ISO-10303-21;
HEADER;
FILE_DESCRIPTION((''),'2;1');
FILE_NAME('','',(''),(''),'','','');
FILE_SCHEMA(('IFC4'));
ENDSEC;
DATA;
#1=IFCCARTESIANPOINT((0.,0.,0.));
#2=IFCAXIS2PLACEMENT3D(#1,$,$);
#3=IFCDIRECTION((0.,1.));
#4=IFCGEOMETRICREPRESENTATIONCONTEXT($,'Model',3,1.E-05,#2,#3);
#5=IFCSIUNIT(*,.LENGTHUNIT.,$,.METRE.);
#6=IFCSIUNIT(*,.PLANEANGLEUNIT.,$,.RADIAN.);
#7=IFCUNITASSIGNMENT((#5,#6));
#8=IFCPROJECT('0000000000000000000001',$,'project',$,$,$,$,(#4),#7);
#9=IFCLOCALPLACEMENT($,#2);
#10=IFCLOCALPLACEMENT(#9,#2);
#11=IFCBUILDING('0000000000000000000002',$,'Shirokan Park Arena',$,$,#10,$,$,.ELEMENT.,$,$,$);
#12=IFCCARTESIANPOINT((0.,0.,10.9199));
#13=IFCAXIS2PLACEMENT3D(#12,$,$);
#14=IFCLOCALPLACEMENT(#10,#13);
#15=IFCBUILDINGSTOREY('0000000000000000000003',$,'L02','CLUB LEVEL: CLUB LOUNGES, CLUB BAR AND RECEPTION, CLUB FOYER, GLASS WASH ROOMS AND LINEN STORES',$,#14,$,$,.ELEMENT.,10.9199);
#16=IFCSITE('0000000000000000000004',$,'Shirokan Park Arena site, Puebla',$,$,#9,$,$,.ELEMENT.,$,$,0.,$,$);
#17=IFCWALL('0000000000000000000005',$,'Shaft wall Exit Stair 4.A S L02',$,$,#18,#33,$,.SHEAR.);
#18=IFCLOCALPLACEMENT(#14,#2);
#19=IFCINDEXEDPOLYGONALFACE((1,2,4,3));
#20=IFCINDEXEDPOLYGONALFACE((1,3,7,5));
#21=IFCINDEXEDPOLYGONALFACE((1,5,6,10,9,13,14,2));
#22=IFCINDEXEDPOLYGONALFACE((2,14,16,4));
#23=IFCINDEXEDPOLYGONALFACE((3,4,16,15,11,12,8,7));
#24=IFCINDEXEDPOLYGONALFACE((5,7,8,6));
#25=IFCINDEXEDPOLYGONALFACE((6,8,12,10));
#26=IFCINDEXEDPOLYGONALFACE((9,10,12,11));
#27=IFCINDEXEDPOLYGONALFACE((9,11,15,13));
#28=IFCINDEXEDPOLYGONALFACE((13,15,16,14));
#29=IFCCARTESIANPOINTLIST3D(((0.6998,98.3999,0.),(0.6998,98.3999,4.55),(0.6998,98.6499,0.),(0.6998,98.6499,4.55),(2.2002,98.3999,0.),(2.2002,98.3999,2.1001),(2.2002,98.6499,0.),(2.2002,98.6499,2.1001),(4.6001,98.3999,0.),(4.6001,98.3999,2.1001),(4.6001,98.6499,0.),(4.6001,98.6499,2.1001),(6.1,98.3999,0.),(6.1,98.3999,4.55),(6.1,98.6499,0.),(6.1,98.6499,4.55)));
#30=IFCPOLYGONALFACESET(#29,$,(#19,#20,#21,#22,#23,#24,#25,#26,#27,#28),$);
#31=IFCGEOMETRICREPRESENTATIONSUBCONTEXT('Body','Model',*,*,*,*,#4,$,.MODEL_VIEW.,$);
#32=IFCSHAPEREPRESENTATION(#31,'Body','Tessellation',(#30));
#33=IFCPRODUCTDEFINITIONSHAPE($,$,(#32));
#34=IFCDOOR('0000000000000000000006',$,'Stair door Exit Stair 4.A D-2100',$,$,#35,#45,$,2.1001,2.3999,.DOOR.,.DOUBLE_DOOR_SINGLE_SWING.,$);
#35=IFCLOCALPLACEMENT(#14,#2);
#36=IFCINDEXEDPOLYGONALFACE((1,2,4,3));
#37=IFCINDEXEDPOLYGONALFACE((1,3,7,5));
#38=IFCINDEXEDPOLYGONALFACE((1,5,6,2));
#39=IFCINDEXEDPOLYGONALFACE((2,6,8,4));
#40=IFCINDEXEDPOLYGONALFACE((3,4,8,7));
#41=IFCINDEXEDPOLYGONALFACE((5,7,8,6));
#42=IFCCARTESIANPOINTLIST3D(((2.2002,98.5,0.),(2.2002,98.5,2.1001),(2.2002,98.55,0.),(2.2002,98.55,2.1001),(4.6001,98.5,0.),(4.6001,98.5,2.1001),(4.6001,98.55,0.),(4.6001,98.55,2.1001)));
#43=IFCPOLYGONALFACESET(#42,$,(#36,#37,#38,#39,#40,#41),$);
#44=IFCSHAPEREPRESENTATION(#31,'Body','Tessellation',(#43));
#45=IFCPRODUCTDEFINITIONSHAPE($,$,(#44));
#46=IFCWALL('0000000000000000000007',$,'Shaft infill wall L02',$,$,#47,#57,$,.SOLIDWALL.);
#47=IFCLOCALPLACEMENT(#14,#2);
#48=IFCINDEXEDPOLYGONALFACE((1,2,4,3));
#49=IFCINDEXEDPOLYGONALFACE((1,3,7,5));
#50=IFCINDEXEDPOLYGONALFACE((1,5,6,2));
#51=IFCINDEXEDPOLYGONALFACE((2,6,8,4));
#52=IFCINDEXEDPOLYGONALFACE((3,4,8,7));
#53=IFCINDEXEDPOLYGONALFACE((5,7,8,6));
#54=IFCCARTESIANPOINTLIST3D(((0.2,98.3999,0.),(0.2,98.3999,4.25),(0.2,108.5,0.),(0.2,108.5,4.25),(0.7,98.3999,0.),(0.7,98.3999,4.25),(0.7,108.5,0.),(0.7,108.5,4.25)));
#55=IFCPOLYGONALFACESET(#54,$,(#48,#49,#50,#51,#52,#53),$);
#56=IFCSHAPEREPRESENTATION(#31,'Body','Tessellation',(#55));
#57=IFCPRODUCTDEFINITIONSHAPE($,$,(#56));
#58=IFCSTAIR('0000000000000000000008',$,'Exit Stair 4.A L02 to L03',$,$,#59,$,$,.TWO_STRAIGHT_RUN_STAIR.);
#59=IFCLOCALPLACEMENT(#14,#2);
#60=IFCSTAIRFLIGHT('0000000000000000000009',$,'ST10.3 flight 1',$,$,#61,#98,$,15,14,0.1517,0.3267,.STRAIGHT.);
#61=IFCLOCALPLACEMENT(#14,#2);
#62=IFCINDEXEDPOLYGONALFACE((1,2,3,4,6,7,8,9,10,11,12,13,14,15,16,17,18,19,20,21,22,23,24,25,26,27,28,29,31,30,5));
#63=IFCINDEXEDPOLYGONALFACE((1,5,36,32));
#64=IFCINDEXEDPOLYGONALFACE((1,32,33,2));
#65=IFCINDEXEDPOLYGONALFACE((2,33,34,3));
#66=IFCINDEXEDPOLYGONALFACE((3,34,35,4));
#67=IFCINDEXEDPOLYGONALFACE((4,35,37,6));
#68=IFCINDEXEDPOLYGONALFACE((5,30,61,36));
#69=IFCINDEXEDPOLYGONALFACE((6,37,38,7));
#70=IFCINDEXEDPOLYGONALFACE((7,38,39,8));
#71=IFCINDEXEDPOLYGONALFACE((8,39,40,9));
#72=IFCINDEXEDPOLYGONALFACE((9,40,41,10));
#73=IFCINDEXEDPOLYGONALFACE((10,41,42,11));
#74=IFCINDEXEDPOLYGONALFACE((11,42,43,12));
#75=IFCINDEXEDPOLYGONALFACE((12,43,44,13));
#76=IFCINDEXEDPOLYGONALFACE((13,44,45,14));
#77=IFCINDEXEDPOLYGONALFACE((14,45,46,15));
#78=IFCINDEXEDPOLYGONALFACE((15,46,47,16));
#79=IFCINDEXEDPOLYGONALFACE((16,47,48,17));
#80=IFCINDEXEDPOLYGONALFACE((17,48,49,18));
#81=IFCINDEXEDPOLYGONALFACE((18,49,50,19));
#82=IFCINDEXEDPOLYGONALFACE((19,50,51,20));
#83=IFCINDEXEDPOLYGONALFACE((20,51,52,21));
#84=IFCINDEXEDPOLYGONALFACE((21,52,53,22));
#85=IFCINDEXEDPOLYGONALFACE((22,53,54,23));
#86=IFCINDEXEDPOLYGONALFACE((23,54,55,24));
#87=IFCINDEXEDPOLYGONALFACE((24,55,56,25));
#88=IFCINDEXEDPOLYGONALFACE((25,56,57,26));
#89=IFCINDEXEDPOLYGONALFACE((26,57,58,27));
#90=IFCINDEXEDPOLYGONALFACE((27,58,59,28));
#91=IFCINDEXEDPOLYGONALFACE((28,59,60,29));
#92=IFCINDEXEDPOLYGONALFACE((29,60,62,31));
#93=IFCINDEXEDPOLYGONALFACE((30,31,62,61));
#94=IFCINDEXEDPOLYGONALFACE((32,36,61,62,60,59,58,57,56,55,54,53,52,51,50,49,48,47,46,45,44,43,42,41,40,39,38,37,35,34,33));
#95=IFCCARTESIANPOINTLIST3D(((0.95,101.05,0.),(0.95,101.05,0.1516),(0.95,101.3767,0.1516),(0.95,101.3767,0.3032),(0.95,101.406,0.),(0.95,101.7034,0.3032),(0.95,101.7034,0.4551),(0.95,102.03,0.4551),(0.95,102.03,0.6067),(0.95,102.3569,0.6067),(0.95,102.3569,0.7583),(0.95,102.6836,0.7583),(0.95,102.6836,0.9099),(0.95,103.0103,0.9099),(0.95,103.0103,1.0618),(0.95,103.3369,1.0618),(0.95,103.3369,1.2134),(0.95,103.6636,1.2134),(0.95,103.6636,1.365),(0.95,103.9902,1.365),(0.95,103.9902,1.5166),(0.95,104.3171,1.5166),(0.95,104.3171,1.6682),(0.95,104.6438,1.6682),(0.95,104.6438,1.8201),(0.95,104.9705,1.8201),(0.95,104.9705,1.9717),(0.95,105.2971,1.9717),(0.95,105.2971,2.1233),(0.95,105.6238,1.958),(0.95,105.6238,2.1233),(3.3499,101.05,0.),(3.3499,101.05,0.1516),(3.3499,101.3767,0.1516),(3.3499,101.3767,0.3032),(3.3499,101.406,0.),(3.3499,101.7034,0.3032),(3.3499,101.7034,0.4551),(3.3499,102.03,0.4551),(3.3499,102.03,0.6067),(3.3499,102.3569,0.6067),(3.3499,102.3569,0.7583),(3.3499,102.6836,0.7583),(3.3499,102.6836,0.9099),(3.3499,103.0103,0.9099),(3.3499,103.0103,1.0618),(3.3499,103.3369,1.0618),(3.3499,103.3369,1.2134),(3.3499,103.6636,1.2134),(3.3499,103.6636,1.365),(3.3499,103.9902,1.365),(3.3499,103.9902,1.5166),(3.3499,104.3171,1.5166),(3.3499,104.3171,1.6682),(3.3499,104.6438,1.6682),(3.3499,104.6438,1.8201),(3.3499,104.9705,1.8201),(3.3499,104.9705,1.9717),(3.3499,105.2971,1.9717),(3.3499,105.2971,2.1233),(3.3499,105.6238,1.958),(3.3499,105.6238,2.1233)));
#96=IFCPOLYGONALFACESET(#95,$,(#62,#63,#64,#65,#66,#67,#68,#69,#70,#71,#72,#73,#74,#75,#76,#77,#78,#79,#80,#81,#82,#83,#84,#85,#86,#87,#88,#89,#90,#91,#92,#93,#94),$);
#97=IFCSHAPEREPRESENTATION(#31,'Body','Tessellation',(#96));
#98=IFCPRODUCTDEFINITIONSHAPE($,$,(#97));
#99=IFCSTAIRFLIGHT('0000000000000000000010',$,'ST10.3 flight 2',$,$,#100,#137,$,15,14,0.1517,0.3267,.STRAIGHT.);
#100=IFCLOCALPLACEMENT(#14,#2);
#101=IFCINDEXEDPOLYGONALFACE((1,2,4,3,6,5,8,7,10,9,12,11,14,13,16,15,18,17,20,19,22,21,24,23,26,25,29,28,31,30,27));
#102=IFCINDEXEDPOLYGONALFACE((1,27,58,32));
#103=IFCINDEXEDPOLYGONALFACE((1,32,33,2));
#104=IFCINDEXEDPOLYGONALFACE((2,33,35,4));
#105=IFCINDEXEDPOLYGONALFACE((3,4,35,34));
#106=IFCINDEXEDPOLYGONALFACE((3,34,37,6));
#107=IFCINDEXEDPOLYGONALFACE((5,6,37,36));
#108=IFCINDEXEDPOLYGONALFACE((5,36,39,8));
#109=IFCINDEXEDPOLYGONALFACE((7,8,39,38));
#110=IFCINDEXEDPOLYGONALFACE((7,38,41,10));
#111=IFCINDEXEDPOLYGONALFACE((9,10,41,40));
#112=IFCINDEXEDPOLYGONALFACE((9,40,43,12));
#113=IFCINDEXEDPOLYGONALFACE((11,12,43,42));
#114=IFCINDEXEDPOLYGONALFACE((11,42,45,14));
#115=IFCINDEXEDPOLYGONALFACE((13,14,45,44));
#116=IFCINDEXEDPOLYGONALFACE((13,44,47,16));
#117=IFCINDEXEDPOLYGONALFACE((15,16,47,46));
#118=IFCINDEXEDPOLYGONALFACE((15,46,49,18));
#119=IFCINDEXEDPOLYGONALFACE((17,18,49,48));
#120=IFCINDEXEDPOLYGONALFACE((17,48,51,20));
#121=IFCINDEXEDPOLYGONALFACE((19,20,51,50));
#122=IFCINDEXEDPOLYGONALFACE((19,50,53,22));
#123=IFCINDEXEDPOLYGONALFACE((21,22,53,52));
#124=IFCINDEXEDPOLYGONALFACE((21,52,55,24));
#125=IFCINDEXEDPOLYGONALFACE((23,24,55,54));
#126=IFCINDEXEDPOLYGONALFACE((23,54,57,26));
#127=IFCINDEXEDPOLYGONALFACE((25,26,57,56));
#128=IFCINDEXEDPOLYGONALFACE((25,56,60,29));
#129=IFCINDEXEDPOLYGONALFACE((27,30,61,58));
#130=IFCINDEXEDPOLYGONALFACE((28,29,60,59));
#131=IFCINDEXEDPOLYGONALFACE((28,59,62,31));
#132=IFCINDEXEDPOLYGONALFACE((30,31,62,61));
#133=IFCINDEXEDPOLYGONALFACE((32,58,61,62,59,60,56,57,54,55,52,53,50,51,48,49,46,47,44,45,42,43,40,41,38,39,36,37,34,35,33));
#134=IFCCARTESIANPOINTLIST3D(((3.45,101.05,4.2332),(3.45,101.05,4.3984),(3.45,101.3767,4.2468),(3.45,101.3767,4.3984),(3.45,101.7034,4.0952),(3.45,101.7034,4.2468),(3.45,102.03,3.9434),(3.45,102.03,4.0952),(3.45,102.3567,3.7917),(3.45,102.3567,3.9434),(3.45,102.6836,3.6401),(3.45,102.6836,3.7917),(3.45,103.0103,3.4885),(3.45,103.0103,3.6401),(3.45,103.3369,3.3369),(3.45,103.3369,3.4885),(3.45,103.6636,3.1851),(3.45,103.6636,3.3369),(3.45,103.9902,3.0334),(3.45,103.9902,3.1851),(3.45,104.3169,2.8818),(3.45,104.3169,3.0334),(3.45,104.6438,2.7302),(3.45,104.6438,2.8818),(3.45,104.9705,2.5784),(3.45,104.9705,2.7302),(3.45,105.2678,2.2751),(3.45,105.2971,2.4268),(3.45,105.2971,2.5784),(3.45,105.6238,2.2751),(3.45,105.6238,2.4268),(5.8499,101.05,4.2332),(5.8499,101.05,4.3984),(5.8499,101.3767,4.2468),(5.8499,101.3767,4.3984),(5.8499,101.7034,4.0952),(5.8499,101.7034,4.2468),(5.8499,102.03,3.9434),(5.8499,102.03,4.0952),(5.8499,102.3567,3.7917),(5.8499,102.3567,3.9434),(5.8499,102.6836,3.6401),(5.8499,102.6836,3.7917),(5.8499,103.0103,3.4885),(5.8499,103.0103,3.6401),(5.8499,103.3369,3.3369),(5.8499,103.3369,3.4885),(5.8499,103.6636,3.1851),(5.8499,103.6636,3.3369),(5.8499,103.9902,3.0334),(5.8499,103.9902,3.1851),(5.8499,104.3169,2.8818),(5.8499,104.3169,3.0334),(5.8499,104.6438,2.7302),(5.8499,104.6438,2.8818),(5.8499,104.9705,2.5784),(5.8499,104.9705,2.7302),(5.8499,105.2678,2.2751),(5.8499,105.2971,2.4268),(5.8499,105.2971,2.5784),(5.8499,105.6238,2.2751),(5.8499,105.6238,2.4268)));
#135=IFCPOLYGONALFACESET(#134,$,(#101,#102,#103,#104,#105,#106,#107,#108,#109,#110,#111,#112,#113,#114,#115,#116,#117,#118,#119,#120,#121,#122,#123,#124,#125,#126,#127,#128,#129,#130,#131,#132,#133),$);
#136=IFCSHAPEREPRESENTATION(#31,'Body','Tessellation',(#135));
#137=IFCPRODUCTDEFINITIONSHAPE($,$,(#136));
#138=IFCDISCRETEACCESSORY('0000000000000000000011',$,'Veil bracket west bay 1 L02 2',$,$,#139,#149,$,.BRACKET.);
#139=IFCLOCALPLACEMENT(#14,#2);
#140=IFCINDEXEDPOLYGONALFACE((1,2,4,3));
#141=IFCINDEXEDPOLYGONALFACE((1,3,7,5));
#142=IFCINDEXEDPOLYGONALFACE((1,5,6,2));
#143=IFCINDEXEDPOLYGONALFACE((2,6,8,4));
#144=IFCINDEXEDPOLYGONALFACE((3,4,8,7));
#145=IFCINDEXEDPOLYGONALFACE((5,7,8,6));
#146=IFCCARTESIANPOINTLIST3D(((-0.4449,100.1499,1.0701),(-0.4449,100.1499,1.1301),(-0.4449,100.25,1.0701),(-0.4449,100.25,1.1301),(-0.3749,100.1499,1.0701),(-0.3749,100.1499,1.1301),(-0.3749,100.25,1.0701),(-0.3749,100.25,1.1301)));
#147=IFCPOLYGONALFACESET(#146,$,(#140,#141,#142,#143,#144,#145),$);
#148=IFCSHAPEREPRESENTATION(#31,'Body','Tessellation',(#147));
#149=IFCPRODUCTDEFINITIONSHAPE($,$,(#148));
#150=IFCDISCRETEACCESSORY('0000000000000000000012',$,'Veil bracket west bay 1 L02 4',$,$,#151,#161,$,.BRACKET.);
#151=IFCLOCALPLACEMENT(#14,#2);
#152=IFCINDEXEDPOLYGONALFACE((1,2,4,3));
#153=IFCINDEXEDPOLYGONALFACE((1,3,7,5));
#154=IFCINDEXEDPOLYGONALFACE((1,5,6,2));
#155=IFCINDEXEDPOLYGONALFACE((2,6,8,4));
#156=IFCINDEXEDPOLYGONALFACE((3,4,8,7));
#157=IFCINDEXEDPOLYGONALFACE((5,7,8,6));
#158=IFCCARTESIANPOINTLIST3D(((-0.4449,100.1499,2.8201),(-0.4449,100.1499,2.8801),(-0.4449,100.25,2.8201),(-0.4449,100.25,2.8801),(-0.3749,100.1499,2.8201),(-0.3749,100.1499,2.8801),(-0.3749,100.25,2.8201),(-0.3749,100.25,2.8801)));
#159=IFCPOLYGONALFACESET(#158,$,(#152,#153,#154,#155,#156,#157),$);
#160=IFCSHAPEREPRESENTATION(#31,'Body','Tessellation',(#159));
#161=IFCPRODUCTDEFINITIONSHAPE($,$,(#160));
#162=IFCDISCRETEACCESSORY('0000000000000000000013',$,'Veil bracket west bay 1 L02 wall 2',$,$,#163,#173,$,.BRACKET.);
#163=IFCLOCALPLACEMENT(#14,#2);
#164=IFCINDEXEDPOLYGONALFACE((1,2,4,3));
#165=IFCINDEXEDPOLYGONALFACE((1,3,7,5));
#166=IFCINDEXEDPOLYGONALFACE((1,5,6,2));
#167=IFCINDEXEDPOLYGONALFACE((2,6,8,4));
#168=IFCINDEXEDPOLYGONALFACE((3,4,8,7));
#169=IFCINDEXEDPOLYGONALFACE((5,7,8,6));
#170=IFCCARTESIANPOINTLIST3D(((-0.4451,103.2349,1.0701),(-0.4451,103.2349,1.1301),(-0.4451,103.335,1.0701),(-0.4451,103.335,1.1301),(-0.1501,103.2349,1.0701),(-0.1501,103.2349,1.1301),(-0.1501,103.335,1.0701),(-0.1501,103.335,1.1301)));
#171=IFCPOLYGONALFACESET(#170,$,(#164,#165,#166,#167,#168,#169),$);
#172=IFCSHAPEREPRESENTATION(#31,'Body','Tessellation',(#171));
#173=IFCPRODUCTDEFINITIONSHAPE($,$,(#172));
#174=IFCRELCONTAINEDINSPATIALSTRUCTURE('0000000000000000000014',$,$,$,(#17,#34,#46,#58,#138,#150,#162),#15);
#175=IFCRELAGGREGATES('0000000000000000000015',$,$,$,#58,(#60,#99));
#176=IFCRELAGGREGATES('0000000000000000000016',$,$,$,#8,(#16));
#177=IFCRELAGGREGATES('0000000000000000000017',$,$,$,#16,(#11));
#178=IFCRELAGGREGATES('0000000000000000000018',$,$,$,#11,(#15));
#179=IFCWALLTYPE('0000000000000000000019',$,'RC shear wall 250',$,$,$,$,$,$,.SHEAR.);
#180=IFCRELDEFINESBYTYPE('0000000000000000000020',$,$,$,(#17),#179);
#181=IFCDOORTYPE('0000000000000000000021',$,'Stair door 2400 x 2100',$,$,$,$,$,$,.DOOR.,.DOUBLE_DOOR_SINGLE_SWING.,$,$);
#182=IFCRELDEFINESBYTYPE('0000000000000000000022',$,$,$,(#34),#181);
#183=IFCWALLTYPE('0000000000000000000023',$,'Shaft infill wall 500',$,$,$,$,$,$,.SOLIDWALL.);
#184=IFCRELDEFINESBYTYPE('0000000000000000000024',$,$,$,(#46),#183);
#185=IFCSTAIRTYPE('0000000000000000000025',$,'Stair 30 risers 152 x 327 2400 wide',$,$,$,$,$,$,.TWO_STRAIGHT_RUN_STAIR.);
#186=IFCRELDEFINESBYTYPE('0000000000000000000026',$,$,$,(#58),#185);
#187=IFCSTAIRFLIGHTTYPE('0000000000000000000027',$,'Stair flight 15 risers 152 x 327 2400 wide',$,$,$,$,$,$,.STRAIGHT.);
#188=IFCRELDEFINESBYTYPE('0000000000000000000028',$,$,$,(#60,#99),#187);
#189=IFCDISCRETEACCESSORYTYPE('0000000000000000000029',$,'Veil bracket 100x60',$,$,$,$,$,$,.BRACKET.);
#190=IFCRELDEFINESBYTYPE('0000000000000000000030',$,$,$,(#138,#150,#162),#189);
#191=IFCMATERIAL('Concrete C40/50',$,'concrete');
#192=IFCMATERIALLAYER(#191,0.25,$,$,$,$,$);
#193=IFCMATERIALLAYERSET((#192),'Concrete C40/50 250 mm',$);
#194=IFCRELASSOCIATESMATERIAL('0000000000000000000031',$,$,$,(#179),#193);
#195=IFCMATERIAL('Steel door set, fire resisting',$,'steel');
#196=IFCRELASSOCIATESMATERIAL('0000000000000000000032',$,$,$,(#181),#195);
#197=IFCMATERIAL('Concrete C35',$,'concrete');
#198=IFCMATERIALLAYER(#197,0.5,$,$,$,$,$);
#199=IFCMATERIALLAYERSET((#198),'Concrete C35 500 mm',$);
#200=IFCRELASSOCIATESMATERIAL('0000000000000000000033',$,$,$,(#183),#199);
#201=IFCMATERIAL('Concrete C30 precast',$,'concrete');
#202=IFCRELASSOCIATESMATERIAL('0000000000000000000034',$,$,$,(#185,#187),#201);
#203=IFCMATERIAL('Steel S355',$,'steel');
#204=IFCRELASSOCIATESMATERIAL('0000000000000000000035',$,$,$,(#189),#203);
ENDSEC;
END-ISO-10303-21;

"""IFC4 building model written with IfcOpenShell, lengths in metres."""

from ifc_helpers import new_model, si_unit, direction, frame, frame_2d, origin, origin_2d, place, context, subcontext, project, spatial, polyline, rectangle, outline, extrude, material, layer, layer_set, type_object, element, fill, aggregate, save


model = new_model("IFC4")

# Units and contexts
model_context = context("Model", 3, precision=1e-05, world=origin(), true_north=direction((0.0, 1.0)))
body_context = subcontext(model_context, "Body", "Model", "MODEL_VIEW")
ifc_project = project(units=[si_unit("LENGTHUNIT", "METRE"), si_unit("PLANEANGLEUNIT", "RADIAN")], contexts=[model_context])

# Site, building, storey
site_placement = place(None, origin())
site = spatial("IfcSite", under=ifc_project, at=site_placement, Name="Shirokan Park Arena site, Puebla", CompositionType="ELEMENT", RefElevation=0.0)
building_placement = place(site_placement, origin())
building = spatial("IfcBuilding", under=site, at=building_placement, Name="Shirokan Park Arena", CompositionType="ELEMENT")
storey_placement = place(building_placement, frame((0.0, 0.0, 10.9199)))
storey = spatial("IfcBuildingStorey", under=building, at=storey_placement, Name="L02", Description="CLUB LEVEL: CLUB LOUNGES, CLUB BAR AND RECEPTION, CLUB FOYER, GLASS WASH ROOMS AND LINEN STORES", CompositionType="ELEMENT", Elevation=10.9199)

# Shared definitions
ifc_material_1 = material(Name="Concrete C35", Category="concrete")

# Wall, opening, door
ifc_material_2 = material(Name="Concrete C40/50", Category="concrete")
ifc_layer_1 = layer(ifc_material_2, 0.25)
ifc_layer_set_1 = layer_set([ifc_layer_1], Name="Concrete C40/50 250 mm")
wall_type_1 = type_object("IfcWallType", Name="RC shear wall 250", PredefinedType="SHEAR", material=ifc_layer_set_1)
wall_1_placement = place(storey_placement, frame((6.1001, 98.5249, 0.0), z_axis=(0.0, 0.0, 1.0), x_axis=(-1.0, 0.0, 0.0)))
wall_1 = element("IfcWall", 1, at=wall_1_placement, inside=storey, type_object=wall_type_1, Name="Shaft wall Exit Stair 4.A S L02", PredefinedType="SHEAR", context=body_context, shape_type="SweptSolid", body=[
    extrude(rectangle(XDim=5.4001, YDim=0.25, at=frame_2d((2.7002, 0.0))), origin(), (0.0, 0.0, 1.0), 4.55),
])
opening_1_placement = place(wall_1_placement, frame((1.5, 0.0, 0.0)))
opening_1 = element("IfcOpeningElement", 2, at=opening_1_placement, cuts=wall_1, PredefinedType="OPENING", context=body_context, shape_type="SweptSolid", body=[
    extrude(rectangle(XDim=2.3999, YDim=2.1001, at=frame_2d((1.2, 1.05))), frame((0.0, 0.135, 0.0), z_axis=(0.0, -1.0, 0.0), x_axis=(1.0, 0.0, 0.0)), (0.0, 0.0, 1.0), 0.27),
])
ifc_material_3 = material(Name="Steel door set, fire resisting", Category="steel")
door_type_1 = type_object("IfcDoorType", Name="Stair door 2400 x 2100", OperationType="DOUBLE_DOOR_SINGLE_SWING", PredefinedType="DOOR", material=ifc_material_3)
door_1_placement = place(opening_1_placement, origin())
door_1 = element("IfcDoor", 3, at=door_1_placement, inside=storey, type_object=door_type_1, Name="Stair door Exit Stair 4.A D-2100", OperationType="DOUBLE_DOOR_SINGLE_SWING", OverallHeight=2.1001, OverallWidth=2.3999, PredefinedType="DOOR", context=body_context, shape_type="SweptSolid", body=[
    extrude(rectangle(XDim=2.3999, YDim=2.1001, at=frame_2d((1.2, 1.05))), frame((0.0, 0.0249, 0.0), z_axis=(0.0, -1.0, 0.0), x_axis=(1.0, 0.0, 0.0)), (0.0, 0.0, 1.0), 0.05),
])
fill(opening_1, door_1)

# Wall
ifc_layer_2 = layer(ifc_material_1, 0.5)
ifc_layer_set_2 = layer_set([ifc_layer_2], Name="Concrete C35 500 mm")
wall_type_2 = type_object("IfcWallType", Name="Shaft infill wall 500", PredefinedType="SOLIDWALL", material=ifc_layer_set_2)
wall_2_placement = place(storey_placement, frame((0.45, 98.3999, 0.0), z_axis=(0.0, 0.0, 1.0), x_axis=(0.0, 1.0, 0.0)))
element("IfcWall", 4, at=wall_2_placement, inside=storey, type_object=wall_type_2, Name="Shaft infill wall L02", PredefinedType="SOLIDWALL", context=body_context, shape_type="SweptSolid", body=[
    extrude(rectangle(XDim=10.1001, YDim=0.5, at=frame_2d((5.05, 0.0))), origin(), (0.0, 0.0, 1.0), 4.25),
])

# Stair, stair flights
ifc_material_4 = material(Name="Concrete C30 precast", Category="concrete")
stair_type = type_object("IfcStairType", Name="Stair 30 risers 152 x 327 2400 wide", PredefinedType="TWO_STRAIGHT_RUN_STAIR", material=ifc_material_4)
stair_placement = place(storey_placement, origin())
stair = element("IfcStair", 5, at=stair_placement, inside=storey, type_object=stair_type, Name="Exit Stair 4.A L02 to L03", PredefinedType="TWO_STRAIGHT_RUN_STAIR")
stair_flight_type = type_object("IfcStairFlightType", Name="Stair flight 15 risers 152 x 327 2400 wide", PredefinedType="STRAIGHT", material=ifc_material_4)
stair_flight_1_placement = place(storey_placement, frame((2.1499, 101.05, 0.0), z_axis=(0.0, 0.0, 1.0), x_axis=(0.0, 1.0, 0.0)))
stair_flight_1 = element("IfcStairFlight", 6, at=stair_flight_1_placement, type_object=stair_flight_type, Name="ST10.3 flight 1", NumberOfRisers=15, NumberOfTreads=14, PredefinedType="STRAIGHT", RiserHeight=0.1517, TreadLength=0.3267, context=body_context, shape_type="SweptSolid", body=[
    extrude(outline(polyline([(0.0, 0.0), (0.0, 0.1516), (0.3267, 0.1516), (0.3267, 0.3032), (0.6533, 0.3032), (0.6533, 0.4551), (0.98, 0.4551), (0.98, 0.6067), (1.3069, 0.6067), (1.3069, 0.7583), (1.6335, 0.7583), (1.6335, 0.9099), (1.9602, 0.9099), (1.9602, 1.0618), (2.2869, 1.0618), (2.2869, 1.2134), (2.6135, 1.2134), (2.6135, 1.365), (2.9402, 1.365), (2.9402, 1.5166), (3.2671, 1.5166), (3.2671, 1.6682), (3.5938, 1.6682), (3.5938, 1.8201), (3.9204, 1.8201), (3.9204, 1.9717), (4.2471, 1.9717), (4.2471, 2.1233), (4.5737, 2.1233), (4.5737, 2.2749), (4.5737, 1.958), (0.356, 0.0), (0.0, 0.0)])), frame((0.0, 1.2, 0.0), z_axis=(0.0, -1.0, 0.0), x_axis=(1.0, 0.0, 0.0)), (0.0, 0.0, 1.0), 2.3999),
])
stair_flight_2_placement = place(storey_placement, frame((4.6499, 105.6238, 2.2751), z_axis=(0.0, 0.0, 1.0), x_axis=(0.0, -1.0, 0.0)))
stair_flight_2 = element("IfcStairFlight", 7, at=stair_flight_2_placement, type_object=stair_flight_type, Name="ST10.3 flight 2", NumberOfRisers=15, NumberOfTreads=14, PredefinedType="STRAIGHT", RiserHeight=0.1517, TreadLength=0.3267, context=body_context, shape_type="SweptSolid", body=[
    extrude(outline(polyline([(0.0, 0.0), (0.0, 0.1516), (0.3267, 0.1516), (0.3267, 0.3032), (0.6533, 0.3032), (0.6533, 0.4551), (0.98, 0.4551), (0.98, 0.6067), (1.3069, 0.6067), (1.3069, 0.7583), (1.6335, 0.7583), (1.6335, 0.9099), (1.9602, 0.9099), (1.9602, 1.0618), (2.2869, 1.0618), (2.2869, 1.2134), (2.6135, 1.2134), (2.6135, 1.365), (2.9402, 1.365), (2.9402, 1.5166), (3.2671, 1.5166), (3.2671, 1.6682), (3.5938, 1.6682), (3.5938, 1.8201), (3.9204, 1.8201), (3.9204, 1.9717), (4.2471, 1.9717), (4.2471, 2.1233), (4.5737, 2.1233), (4.5737, 2.2749), (4.5737, 1.958), (0.356, 0.0), (0.0, 0.0)])), frame((0.0, 1.2, 0.0), z_axis=(0.0, -1.0, 0.0), x_axis=(1.0, 0.0, 0.0)), (0.0, 0.0, 1.0), 2.3999),
])
aggregate(stair, [stair_flight_1, stair_flight_2])

# Discrete accessories
ifc_material_5 = material(Name="Steel S355", Category="steel")
discrete_accessory_type = type_object("IfcDiscreteAccessoryType", Name="Veil bracket 100x60", PredefinedType="BRACKET", material=ifc_material_5)
for number, where, z_axis, x_axis, name in (
    (8, (-0.4099, 100.2, 1.0701), (0.0, 0.0, 1.0), (0.0, -1.0, 0.0), "Veil bracket west bay 1 L02 2"),
    (9, (-0.4099, 100.2, 2.8201), (0.0, 0.0, 1.0), (0.0, -1.0, 0.0), "Veil bracket west bay 1 L02 4"),
):
    element("IfcDiscreteAccessory", number, at=place(storey_placement, frame(where, z_axis=z_axis, x_axis=x_axis)), inside=storey, type_object=discrete_accessory_type, Name=name, PredefinedType="BRACKET", context=body_context, shape_type="SweptSolid", body=[
        extrude(rectangle(XDim=0.1001, YDim=0.0701, at=origin_2d()), origin(), (0.0, 0.0, 1.0), 0.0601),
    ])
discrete_accessory_placement = place(storey_placement, frame((-0.2976, 103.2849, 1.0701), z_axis=(0.0, 0.0, 1.0), x_axis=(0.0, -1.0, 0.0)))
element("IfcDiscreteAccessory", 10, at=discrete_accessory_placement, inside=storey, type_object=discrete_accessory_type, Name="Veil bracket west bay 1 L02 wall 2", PredefinedType="BRACKET", context=body_context, shape_type="SweptSolid", body=[
    extrude(rectangle(XDim=0.1001, YDim=0.2949, at=origin_2d()), origin(), (0.0, 0.0, 1.0), 0.0601),
])

save(model, "model.ifc")
